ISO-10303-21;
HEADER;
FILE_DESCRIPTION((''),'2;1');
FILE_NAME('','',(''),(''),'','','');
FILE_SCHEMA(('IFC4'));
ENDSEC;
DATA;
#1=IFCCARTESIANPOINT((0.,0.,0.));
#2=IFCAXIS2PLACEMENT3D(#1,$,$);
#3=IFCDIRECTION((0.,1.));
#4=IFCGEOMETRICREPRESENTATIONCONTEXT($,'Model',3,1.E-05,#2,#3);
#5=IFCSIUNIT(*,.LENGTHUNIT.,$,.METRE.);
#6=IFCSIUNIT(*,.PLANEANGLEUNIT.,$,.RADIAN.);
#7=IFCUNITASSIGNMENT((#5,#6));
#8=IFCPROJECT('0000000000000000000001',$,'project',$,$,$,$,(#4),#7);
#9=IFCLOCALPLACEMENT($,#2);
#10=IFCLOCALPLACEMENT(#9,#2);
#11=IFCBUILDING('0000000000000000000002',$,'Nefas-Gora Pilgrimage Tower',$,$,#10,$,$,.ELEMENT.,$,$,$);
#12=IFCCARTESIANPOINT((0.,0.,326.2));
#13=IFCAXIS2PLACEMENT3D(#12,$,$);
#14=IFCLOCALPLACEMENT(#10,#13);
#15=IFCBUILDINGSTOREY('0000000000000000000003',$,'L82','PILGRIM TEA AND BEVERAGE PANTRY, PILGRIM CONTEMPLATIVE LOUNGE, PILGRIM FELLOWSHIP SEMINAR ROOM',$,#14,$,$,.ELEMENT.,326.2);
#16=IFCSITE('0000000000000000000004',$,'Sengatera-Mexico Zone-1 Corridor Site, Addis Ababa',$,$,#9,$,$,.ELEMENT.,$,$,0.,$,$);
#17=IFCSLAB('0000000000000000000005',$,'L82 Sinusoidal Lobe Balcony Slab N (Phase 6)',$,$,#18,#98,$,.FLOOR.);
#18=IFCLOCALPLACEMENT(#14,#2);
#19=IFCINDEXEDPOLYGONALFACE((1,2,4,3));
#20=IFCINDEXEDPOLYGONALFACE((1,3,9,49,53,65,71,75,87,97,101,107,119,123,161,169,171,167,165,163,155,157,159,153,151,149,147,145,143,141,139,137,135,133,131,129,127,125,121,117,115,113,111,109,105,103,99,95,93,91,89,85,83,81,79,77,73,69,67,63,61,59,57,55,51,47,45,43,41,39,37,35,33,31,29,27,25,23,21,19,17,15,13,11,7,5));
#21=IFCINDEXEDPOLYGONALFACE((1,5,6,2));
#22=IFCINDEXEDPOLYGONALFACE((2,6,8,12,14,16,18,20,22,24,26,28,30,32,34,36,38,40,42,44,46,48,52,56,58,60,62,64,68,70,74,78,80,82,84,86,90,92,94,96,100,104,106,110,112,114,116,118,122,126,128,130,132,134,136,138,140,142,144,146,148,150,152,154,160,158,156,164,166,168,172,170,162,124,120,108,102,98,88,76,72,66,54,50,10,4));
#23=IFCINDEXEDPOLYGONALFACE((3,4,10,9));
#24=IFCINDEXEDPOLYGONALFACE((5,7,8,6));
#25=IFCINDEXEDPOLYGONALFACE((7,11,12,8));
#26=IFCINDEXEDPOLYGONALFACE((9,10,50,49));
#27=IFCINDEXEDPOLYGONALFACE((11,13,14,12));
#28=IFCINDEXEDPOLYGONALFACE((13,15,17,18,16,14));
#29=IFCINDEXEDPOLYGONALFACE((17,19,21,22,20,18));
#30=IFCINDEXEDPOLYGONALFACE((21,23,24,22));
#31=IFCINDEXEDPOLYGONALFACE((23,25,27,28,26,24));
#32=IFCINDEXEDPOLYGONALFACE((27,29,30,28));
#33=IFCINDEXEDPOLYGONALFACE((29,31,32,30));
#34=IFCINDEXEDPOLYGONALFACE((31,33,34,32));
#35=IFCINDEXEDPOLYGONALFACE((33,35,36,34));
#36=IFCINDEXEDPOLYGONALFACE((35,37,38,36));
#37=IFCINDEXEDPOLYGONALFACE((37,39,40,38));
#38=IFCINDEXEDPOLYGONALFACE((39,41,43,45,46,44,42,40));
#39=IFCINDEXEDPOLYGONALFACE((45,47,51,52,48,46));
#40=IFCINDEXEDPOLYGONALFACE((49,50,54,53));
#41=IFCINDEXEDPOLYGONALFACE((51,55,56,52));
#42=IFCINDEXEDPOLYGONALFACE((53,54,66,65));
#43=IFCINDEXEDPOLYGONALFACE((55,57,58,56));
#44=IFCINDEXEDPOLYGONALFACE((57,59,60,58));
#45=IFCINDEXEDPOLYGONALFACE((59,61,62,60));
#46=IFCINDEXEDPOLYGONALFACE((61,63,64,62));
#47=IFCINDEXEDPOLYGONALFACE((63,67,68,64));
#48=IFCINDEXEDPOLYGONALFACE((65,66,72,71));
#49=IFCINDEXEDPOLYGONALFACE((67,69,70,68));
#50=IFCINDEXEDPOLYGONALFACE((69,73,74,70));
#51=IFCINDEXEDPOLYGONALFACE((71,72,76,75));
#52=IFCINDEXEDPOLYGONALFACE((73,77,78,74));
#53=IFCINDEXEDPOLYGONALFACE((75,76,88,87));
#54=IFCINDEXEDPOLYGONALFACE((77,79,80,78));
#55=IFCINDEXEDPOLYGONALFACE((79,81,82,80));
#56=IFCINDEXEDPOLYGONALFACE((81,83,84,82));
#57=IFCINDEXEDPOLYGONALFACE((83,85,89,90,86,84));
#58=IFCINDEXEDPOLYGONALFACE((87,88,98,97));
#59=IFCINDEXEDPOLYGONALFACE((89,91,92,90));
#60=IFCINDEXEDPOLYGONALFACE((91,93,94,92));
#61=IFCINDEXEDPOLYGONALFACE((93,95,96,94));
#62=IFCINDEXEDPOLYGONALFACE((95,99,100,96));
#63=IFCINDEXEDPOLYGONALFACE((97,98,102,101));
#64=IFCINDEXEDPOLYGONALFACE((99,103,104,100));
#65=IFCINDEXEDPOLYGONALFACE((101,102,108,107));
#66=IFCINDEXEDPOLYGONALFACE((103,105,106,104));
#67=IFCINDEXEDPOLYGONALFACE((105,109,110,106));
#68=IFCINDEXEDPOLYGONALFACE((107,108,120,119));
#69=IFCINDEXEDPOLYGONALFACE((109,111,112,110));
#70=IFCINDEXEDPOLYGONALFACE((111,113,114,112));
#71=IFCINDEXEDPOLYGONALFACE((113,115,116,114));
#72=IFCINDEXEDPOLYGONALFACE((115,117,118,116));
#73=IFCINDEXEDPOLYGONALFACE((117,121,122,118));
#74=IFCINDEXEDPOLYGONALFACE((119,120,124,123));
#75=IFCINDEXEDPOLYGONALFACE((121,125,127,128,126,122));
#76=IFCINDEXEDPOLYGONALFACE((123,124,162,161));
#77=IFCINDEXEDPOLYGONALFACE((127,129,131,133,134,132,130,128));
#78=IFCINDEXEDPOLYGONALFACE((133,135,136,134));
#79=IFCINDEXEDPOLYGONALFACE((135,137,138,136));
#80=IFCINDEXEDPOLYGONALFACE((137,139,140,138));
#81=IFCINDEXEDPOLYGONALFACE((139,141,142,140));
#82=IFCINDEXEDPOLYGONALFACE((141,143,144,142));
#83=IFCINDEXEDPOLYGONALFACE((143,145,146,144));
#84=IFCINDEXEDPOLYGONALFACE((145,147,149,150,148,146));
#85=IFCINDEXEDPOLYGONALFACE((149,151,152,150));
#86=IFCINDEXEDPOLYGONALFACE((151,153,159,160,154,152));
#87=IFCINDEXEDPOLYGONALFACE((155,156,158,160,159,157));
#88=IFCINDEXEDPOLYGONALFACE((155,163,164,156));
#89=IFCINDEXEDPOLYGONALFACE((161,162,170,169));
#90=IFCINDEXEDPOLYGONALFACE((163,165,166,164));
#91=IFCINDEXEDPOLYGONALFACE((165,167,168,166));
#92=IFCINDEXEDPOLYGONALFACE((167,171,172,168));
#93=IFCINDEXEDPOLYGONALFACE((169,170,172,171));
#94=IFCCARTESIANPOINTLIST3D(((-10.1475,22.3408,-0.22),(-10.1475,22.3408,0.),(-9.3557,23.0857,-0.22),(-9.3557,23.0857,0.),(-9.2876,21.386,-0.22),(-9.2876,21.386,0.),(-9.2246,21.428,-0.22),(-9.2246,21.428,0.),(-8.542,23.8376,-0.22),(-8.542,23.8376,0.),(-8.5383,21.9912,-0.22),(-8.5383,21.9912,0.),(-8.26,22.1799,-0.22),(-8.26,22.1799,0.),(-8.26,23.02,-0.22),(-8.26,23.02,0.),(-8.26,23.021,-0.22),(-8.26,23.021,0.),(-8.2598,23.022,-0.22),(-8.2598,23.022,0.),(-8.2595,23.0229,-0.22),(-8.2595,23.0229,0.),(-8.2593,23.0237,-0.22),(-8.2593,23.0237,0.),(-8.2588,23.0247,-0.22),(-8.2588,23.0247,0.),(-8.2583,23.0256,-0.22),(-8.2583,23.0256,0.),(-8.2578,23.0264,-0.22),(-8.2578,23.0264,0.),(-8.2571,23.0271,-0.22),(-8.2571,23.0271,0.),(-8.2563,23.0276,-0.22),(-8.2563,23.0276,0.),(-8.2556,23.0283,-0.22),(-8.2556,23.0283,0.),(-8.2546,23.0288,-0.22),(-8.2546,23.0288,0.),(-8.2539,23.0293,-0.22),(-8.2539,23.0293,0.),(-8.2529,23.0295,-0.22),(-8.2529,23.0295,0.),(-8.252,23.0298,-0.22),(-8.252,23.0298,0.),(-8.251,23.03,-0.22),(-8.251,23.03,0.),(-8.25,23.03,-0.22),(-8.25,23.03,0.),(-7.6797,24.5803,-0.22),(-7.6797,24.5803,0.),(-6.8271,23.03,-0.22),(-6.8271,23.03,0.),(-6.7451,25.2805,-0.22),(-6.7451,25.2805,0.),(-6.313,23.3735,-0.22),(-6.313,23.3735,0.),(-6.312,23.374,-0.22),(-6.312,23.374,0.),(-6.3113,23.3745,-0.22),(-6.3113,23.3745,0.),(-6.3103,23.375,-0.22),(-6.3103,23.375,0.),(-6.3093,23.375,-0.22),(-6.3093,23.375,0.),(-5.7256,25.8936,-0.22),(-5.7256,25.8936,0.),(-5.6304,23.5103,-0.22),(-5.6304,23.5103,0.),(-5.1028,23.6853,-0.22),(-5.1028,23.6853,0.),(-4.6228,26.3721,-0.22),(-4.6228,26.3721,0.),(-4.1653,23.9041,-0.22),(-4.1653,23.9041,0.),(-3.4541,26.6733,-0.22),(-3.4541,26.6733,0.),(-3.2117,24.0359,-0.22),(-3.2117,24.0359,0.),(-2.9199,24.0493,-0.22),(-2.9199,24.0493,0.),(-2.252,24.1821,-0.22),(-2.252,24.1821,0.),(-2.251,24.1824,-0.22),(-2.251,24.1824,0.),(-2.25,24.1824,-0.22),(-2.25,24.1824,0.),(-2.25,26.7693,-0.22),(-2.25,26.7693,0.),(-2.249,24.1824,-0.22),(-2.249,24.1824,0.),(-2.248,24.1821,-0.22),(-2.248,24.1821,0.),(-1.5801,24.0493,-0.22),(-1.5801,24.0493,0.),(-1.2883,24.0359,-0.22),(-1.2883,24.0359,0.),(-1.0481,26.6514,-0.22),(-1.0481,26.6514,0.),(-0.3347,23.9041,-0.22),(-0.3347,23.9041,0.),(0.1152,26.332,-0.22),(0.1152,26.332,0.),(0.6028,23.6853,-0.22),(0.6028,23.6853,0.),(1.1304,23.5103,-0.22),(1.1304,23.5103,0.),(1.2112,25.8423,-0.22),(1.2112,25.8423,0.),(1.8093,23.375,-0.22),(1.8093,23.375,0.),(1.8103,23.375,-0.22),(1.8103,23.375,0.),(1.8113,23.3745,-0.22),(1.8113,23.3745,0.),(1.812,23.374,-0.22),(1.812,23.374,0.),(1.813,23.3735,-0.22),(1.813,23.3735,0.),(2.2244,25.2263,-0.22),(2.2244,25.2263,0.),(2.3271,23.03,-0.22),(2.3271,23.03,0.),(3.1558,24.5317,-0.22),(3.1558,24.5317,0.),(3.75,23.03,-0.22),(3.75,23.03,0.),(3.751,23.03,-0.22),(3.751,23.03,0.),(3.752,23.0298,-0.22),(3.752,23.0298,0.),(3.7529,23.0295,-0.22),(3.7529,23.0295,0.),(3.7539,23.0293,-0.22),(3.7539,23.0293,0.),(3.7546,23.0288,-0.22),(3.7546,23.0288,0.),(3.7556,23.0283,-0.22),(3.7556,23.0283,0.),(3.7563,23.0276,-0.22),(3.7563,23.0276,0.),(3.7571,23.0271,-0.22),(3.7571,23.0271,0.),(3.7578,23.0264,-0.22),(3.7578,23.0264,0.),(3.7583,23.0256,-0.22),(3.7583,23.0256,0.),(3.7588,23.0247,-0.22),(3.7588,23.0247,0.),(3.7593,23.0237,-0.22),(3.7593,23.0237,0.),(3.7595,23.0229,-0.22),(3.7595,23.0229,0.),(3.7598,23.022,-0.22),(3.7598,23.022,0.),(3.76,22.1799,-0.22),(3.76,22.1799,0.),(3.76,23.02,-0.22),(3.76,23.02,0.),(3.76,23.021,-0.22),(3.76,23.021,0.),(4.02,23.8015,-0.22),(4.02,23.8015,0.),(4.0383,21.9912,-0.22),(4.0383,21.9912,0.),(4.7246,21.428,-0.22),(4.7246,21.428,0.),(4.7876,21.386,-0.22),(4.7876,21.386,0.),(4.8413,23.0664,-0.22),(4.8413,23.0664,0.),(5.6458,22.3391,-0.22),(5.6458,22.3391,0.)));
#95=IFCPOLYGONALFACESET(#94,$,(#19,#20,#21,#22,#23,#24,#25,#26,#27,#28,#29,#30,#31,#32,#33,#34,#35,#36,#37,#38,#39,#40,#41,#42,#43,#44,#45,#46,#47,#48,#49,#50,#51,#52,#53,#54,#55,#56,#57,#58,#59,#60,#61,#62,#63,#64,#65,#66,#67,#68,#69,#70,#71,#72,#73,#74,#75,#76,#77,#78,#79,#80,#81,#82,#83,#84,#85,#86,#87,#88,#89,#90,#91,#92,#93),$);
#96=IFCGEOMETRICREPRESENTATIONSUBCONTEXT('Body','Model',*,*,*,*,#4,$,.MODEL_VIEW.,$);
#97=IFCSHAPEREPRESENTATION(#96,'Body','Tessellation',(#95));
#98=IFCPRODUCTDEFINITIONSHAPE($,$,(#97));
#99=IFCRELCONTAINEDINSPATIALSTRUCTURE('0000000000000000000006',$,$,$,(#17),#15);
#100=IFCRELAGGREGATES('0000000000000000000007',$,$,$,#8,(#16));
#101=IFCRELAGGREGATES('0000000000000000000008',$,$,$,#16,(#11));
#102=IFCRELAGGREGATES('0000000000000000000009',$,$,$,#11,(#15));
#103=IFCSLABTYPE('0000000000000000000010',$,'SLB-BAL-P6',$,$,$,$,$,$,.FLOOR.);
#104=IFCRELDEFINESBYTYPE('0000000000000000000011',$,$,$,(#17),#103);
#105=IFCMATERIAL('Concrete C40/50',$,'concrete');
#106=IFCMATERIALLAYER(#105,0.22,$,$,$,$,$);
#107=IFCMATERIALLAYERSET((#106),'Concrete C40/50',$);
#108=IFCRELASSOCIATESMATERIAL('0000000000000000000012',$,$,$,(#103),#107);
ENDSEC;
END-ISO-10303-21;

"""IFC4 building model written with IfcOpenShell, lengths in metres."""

from ifc_helpers import new_model, si_unit, direction, frame, origin, place, context, subcontext, project, spatial, polyline, outline, extrude, material, layer, layer_set, type_object, element, save


model = new_model("IFC4")

# Units and contexts
model_context = context("Model", 3, precision=1e-05, world=origin(), true_north=direction((0.0, 1.0)))
body_context = subcontext(model_context, "Body", "Model", "MODEL_VIEW")
ifc_project = project(units=[si_unit("LENGTHUNIT", "METRE"), si_unit("PLANEANGLEUNIT", "RADIAN")], contexts=[model_context])

# Site, building, storey
site_placement = place(None, origin())
site = spatial("IfcSite", under=ifc_project, at=site_placement, Name="Sengatera-Mexico Zone-1 Corridor Site, Addis Ababa", CompositionType="ELEMENT", RefElevation=0.0)
building_placement = place(site_placement, origin())
building = spatial("IfcBuilding", under=site, at=building_placement, Name="Nefas-Gora Pilgrimage Tower", CompositionType="ELEMENT")
storey_placement = place(building_placement, frame((0.0, 0.0, 326.2)))
storey = spatial("IfcBuildingStorey", under=building, at=storey_placement, Name="L82", Description="PILGRIM TEA AND BEVERAGE PANTRY, PILGRIM CONTEMPLATIVE LOUNGE, PILGRIM FELLOWSHIP SEMINAR ROOM", CompositionType="ELEMENT", Elevation=326.2)

# Slab
ifc_material_1 = material(Name="Concrete C40/50", Category="concrete")
ifc_layer_1 = layer(ifc_material_1, 0.22)
ifc_layer_set_1 = layer_set([ifc_layer_1], Name="Concrete C40/50")
slab_type_1 = type_object("IfcSlabType", Name="SLB-BAL-P6", PredefinedType="FLOOR", material=ifc_layer_set_1)
slab_1_placement = place(storey_placement, frame((0.0, 0.0, -0.22)))
element("IfcSlab", 1, at=slab_1_placement, inside=storey, type_object=slab_type_1, Name="L82 Sinusoidal Lobe Balcony Slab N (Phase 6)", PredefinedType="FLOOR", context=body_context, shape_type="SweptSolid", body=[
    extrude(outline(polyline([(-9.2876, 21.386), (-9.2246, 21.428), (-8.5383, 21.9912), (-8.26, 22.1799), (-8.26, 23.02), (-8.26, 23.021), (-8.2598, 23.022), (-8.2595, 23.0229), (-8.2593, 23.0237), (-8.2588, 23.0247), (-8.2583, 23.0256), (-8.2578, 23.0264), (-8.2571, 23.0271), (-8.2563, 23.0276), (-8.2556, 23.0283), (-8.2546, 23.0288), (-8.2539, 23.0293), (-8.2529, 23.0295), (-8.252, 23.0298), (-8.251, 23.03), (-8.25, 23.03), (-6.8271, 23.03), (-6.313, 23.3735), (-6.312, 23.374), (-6.3113, 23.3745), (-6.3103, 23.375), (-6.3093, 23.375), (-5.6304, 23.5103), (-5.1028, 23.6853), (-4.1653, 23.9041), (-3.2117, 24.0359), (-2.9199, 24.0493), (-2.252, 24.1821), (-2.251, 24.1824), (-2.25, 24.1824), (-2.249, 24.1824), (-2.248, 24.1821), (-1.5801, 24.0493), (-1.2883, 24.0359), (-0.3347, 23.9041), (0.6028, 23.6853), (1.1304, 23.5103), (1.8093, 23.375), (1.8103, 23.375), (1.8113, 23.3745), (1.812, 23.374), (1.813, 23.3735), (2.3271, 23.03), (3.75, 23.03), (3.751, 23.03), (3.752, 23.0298), (3.7529, 23.0295), (3.7539, 23.0293), (3.7546, 23.0288), (3.7556, 23.0283), (3.7563, 23.0276), (3.7571, 23.0271), (3.7578, 23.0264), (3.7583, 23.0256), (3.7588, 23.0247), (3.7593, 23.0237), (3.7595, 23.0229), (3.7598, 23.022), (3.76, 23.021), (3.76, 23.02), (3.76, 22.1799), (4.0383, 21.9912), (4.7246, 21.428), (4.7876, 21.386), (5.6458, 22.3391), (4.8413, 23.0664), (4.02, 23.8015), (3.1558, 24.5317), (2.2244, 25.2263), (1.2112, 25.8423), (0.1152, 26.332), (-1.0481, 26.6514), (-2.25, 26.7693), (-3.4541, 26.6733), (-4.6228, 26.3721), (-5.7256, 25.8936), (-6.7451, 25.2805), (-7.6797, 24.5803), (-8.542, 23.8376), (-9.3557, 23.0857), (-10.1475, 22.3408), (-9.2876, 21.386)])), origin(), (0.0, 0.0, 1.0), 0.22),
])

save(model, "model.ifc")
